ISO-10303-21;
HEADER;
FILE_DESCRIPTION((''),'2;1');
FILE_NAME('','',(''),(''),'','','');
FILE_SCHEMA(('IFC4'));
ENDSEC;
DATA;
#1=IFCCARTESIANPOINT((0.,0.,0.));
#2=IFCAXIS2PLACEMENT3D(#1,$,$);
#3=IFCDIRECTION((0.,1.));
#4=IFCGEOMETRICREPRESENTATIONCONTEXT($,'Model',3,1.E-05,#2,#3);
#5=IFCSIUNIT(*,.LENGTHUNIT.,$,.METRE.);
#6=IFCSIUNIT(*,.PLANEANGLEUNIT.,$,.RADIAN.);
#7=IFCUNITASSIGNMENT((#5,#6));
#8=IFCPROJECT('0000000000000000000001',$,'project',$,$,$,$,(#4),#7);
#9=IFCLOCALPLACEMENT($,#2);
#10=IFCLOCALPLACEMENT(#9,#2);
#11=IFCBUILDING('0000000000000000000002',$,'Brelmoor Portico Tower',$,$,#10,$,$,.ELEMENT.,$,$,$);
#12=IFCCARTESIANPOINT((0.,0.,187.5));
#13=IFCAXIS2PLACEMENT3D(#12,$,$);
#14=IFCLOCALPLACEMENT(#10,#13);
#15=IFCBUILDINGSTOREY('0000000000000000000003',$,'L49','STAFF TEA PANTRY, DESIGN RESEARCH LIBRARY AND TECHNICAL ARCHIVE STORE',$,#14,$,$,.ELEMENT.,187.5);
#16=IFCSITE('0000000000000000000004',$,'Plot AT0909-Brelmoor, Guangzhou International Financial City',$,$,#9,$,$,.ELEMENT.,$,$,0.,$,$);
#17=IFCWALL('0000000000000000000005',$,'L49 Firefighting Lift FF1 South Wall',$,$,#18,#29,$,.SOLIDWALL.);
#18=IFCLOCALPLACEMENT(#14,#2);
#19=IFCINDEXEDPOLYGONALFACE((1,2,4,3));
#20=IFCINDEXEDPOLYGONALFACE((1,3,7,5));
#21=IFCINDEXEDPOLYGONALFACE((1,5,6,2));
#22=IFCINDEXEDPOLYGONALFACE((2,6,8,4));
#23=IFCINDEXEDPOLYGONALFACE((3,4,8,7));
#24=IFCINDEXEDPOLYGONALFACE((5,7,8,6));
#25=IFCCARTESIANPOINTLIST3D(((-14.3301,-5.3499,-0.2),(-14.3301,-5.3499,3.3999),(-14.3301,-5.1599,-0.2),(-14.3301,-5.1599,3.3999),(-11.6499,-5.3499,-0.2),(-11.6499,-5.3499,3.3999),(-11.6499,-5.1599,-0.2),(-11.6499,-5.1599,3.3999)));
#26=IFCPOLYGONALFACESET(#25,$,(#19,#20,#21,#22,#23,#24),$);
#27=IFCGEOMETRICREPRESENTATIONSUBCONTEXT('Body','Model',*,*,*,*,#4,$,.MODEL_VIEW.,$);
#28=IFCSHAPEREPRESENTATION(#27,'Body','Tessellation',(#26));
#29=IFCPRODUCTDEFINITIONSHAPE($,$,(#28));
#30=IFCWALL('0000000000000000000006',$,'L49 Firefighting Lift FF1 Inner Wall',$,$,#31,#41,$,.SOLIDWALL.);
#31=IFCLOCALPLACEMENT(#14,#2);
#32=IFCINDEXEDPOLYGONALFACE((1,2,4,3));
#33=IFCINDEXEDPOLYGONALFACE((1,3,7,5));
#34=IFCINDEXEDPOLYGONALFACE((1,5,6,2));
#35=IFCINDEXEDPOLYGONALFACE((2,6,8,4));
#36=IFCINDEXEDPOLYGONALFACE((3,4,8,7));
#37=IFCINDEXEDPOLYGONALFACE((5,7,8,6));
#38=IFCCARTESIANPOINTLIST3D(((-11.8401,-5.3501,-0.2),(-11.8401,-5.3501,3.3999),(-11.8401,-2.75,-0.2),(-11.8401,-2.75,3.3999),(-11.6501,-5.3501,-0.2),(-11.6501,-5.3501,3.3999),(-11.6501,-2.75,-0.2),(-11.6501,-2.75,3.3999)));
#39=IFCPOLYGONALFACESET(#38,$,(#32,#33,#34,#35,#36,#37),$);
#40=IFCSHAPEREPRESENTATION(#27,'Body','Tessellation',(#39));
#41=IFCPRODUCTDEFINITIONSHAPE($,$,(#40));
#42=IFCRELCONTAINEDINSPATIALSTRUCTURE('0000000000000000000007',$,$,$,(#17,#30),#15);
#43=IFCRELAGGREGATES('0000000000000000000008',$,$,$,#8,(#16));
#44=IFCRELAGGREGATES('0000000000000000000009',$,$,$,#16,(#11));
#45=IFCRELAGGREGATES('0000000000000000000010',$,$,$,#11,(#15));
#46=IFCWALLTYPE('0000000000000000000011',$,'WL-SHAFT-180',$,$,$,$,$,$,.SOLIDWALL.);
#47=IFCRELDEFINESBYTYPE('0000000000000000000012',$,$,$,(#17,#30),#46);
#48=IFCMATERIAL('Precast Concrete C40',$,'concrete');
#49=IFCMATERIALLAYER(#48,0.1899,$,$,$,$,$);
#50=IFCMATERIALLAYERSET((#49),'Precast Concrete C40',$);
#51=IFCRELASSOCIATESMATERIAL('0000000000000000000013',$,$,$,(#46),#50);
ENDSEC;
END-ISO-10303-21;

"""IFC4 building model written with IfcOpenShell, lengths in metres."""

from ifc_helpers import new_model, si_unit, direction, frame, frame_2d, origin, place, context, subcontext, project, spatial, rectangle, extrude, material, layer, layer_set, type_object, element, save


model = new_model("IFC4")

# Units and contexts
model_context = context("Model", 3, precision=1e-05, world=origin(), true_north=direction((0.0, 1.0)))
body_context = subcontext(model_context, "Body", "Model", "MODEL_VIEW")
ifc_project = project(units=[si_unit("LENGTHUNIT", "METRE"), si_unit("PLANEANGLEUNIT", "RADIAN")], contexts=[model_context])

# Site, building, storey
site_placement = place(None, origin())
site = spatial("IfcSite", under=ifc_project, at=site_placement, Name="Plot AT0909-Brelmoor, Guangzhou International Financial City", CompositionType="ELEMENT", RefElevation=0.0)
building_placement = place(site_placement, origin())
building = spatial("IfcBuilding", under=site, at=building_placement, Name="Brelmoor Portico Tower", CompositionType="ELEMENT")
storey_placement = place(building_placement, frame((0.0, 0.0, 187.5)))
storey = spatial("IfcBuildingStorey", under=building, at=storey_placement, Name="L49", Description="STAFF TEA PANTRY, DESIGN RESEARCH LIBRARY AND TECHNICAL ARCHIVE STORE", CompositionType="ELEMENT", Elevation=187.5)

# Shared definitions
ifc_material_1 = material(Name="Precast Concrete C40", Category="concrete")
ifc_layer_1 = layer(ifc_material_1, 0.1899)
ifc_layer_set_1 = layer_set([ifc_layer_1], Name="Precast Concrete C40")
wall_type_1 = type_object("IfcWallType", Name="WL-SHAFT-180", PredefinedType="SOLIDWALL", material=ifc_layer_set_1)

# Walls
wall_1_placement = place(storey_placement, frame((-14.3301, -5.2549, -0.2), z_axis=(0.0, 0.0, 1.0), x_axis=(1.0, 0.0, 0.0)))
element("IfcWall", 1, at=wall_1_placement, inside=storey, type_object=wall_type_1, Name="L49 Firefighting Lift FF1 South Wall", PredefinedType="SOLIDWALL", context=body_context, shape_type="SweptSolid", body=[
    extrude(rectangle(XDim=2.6802, YDim=0.1899, at=frame_2d((1.3401, 0.0))), origin(), (0.0, 0.0, 1.0), 3.5999),
])
wall_2_placement = place(storey_placement, frame((-11.7451, -5.3501, -0.2), z_axis=(0.0, 0.0, 1.0), x_axis=(0.0, 1.0, 0.0)))
element("IfcWall", 2, at=wall_2_placement, inside=storey, type_object=wall_type_1, Name="L49 Firefighting Lift FF1 Inner Wall", PredefinedType="SOLIDWALL", context=body_context, shape_type="SweptSolid", body=[
    extrude(rectangle(XDim=2.6001, YDim=0.1899, at=frame_2d((1.3, 0.0))), origin(), (0.0, 0.0, 1.0), 3.5999),
])

save(model, "model.ifc")
